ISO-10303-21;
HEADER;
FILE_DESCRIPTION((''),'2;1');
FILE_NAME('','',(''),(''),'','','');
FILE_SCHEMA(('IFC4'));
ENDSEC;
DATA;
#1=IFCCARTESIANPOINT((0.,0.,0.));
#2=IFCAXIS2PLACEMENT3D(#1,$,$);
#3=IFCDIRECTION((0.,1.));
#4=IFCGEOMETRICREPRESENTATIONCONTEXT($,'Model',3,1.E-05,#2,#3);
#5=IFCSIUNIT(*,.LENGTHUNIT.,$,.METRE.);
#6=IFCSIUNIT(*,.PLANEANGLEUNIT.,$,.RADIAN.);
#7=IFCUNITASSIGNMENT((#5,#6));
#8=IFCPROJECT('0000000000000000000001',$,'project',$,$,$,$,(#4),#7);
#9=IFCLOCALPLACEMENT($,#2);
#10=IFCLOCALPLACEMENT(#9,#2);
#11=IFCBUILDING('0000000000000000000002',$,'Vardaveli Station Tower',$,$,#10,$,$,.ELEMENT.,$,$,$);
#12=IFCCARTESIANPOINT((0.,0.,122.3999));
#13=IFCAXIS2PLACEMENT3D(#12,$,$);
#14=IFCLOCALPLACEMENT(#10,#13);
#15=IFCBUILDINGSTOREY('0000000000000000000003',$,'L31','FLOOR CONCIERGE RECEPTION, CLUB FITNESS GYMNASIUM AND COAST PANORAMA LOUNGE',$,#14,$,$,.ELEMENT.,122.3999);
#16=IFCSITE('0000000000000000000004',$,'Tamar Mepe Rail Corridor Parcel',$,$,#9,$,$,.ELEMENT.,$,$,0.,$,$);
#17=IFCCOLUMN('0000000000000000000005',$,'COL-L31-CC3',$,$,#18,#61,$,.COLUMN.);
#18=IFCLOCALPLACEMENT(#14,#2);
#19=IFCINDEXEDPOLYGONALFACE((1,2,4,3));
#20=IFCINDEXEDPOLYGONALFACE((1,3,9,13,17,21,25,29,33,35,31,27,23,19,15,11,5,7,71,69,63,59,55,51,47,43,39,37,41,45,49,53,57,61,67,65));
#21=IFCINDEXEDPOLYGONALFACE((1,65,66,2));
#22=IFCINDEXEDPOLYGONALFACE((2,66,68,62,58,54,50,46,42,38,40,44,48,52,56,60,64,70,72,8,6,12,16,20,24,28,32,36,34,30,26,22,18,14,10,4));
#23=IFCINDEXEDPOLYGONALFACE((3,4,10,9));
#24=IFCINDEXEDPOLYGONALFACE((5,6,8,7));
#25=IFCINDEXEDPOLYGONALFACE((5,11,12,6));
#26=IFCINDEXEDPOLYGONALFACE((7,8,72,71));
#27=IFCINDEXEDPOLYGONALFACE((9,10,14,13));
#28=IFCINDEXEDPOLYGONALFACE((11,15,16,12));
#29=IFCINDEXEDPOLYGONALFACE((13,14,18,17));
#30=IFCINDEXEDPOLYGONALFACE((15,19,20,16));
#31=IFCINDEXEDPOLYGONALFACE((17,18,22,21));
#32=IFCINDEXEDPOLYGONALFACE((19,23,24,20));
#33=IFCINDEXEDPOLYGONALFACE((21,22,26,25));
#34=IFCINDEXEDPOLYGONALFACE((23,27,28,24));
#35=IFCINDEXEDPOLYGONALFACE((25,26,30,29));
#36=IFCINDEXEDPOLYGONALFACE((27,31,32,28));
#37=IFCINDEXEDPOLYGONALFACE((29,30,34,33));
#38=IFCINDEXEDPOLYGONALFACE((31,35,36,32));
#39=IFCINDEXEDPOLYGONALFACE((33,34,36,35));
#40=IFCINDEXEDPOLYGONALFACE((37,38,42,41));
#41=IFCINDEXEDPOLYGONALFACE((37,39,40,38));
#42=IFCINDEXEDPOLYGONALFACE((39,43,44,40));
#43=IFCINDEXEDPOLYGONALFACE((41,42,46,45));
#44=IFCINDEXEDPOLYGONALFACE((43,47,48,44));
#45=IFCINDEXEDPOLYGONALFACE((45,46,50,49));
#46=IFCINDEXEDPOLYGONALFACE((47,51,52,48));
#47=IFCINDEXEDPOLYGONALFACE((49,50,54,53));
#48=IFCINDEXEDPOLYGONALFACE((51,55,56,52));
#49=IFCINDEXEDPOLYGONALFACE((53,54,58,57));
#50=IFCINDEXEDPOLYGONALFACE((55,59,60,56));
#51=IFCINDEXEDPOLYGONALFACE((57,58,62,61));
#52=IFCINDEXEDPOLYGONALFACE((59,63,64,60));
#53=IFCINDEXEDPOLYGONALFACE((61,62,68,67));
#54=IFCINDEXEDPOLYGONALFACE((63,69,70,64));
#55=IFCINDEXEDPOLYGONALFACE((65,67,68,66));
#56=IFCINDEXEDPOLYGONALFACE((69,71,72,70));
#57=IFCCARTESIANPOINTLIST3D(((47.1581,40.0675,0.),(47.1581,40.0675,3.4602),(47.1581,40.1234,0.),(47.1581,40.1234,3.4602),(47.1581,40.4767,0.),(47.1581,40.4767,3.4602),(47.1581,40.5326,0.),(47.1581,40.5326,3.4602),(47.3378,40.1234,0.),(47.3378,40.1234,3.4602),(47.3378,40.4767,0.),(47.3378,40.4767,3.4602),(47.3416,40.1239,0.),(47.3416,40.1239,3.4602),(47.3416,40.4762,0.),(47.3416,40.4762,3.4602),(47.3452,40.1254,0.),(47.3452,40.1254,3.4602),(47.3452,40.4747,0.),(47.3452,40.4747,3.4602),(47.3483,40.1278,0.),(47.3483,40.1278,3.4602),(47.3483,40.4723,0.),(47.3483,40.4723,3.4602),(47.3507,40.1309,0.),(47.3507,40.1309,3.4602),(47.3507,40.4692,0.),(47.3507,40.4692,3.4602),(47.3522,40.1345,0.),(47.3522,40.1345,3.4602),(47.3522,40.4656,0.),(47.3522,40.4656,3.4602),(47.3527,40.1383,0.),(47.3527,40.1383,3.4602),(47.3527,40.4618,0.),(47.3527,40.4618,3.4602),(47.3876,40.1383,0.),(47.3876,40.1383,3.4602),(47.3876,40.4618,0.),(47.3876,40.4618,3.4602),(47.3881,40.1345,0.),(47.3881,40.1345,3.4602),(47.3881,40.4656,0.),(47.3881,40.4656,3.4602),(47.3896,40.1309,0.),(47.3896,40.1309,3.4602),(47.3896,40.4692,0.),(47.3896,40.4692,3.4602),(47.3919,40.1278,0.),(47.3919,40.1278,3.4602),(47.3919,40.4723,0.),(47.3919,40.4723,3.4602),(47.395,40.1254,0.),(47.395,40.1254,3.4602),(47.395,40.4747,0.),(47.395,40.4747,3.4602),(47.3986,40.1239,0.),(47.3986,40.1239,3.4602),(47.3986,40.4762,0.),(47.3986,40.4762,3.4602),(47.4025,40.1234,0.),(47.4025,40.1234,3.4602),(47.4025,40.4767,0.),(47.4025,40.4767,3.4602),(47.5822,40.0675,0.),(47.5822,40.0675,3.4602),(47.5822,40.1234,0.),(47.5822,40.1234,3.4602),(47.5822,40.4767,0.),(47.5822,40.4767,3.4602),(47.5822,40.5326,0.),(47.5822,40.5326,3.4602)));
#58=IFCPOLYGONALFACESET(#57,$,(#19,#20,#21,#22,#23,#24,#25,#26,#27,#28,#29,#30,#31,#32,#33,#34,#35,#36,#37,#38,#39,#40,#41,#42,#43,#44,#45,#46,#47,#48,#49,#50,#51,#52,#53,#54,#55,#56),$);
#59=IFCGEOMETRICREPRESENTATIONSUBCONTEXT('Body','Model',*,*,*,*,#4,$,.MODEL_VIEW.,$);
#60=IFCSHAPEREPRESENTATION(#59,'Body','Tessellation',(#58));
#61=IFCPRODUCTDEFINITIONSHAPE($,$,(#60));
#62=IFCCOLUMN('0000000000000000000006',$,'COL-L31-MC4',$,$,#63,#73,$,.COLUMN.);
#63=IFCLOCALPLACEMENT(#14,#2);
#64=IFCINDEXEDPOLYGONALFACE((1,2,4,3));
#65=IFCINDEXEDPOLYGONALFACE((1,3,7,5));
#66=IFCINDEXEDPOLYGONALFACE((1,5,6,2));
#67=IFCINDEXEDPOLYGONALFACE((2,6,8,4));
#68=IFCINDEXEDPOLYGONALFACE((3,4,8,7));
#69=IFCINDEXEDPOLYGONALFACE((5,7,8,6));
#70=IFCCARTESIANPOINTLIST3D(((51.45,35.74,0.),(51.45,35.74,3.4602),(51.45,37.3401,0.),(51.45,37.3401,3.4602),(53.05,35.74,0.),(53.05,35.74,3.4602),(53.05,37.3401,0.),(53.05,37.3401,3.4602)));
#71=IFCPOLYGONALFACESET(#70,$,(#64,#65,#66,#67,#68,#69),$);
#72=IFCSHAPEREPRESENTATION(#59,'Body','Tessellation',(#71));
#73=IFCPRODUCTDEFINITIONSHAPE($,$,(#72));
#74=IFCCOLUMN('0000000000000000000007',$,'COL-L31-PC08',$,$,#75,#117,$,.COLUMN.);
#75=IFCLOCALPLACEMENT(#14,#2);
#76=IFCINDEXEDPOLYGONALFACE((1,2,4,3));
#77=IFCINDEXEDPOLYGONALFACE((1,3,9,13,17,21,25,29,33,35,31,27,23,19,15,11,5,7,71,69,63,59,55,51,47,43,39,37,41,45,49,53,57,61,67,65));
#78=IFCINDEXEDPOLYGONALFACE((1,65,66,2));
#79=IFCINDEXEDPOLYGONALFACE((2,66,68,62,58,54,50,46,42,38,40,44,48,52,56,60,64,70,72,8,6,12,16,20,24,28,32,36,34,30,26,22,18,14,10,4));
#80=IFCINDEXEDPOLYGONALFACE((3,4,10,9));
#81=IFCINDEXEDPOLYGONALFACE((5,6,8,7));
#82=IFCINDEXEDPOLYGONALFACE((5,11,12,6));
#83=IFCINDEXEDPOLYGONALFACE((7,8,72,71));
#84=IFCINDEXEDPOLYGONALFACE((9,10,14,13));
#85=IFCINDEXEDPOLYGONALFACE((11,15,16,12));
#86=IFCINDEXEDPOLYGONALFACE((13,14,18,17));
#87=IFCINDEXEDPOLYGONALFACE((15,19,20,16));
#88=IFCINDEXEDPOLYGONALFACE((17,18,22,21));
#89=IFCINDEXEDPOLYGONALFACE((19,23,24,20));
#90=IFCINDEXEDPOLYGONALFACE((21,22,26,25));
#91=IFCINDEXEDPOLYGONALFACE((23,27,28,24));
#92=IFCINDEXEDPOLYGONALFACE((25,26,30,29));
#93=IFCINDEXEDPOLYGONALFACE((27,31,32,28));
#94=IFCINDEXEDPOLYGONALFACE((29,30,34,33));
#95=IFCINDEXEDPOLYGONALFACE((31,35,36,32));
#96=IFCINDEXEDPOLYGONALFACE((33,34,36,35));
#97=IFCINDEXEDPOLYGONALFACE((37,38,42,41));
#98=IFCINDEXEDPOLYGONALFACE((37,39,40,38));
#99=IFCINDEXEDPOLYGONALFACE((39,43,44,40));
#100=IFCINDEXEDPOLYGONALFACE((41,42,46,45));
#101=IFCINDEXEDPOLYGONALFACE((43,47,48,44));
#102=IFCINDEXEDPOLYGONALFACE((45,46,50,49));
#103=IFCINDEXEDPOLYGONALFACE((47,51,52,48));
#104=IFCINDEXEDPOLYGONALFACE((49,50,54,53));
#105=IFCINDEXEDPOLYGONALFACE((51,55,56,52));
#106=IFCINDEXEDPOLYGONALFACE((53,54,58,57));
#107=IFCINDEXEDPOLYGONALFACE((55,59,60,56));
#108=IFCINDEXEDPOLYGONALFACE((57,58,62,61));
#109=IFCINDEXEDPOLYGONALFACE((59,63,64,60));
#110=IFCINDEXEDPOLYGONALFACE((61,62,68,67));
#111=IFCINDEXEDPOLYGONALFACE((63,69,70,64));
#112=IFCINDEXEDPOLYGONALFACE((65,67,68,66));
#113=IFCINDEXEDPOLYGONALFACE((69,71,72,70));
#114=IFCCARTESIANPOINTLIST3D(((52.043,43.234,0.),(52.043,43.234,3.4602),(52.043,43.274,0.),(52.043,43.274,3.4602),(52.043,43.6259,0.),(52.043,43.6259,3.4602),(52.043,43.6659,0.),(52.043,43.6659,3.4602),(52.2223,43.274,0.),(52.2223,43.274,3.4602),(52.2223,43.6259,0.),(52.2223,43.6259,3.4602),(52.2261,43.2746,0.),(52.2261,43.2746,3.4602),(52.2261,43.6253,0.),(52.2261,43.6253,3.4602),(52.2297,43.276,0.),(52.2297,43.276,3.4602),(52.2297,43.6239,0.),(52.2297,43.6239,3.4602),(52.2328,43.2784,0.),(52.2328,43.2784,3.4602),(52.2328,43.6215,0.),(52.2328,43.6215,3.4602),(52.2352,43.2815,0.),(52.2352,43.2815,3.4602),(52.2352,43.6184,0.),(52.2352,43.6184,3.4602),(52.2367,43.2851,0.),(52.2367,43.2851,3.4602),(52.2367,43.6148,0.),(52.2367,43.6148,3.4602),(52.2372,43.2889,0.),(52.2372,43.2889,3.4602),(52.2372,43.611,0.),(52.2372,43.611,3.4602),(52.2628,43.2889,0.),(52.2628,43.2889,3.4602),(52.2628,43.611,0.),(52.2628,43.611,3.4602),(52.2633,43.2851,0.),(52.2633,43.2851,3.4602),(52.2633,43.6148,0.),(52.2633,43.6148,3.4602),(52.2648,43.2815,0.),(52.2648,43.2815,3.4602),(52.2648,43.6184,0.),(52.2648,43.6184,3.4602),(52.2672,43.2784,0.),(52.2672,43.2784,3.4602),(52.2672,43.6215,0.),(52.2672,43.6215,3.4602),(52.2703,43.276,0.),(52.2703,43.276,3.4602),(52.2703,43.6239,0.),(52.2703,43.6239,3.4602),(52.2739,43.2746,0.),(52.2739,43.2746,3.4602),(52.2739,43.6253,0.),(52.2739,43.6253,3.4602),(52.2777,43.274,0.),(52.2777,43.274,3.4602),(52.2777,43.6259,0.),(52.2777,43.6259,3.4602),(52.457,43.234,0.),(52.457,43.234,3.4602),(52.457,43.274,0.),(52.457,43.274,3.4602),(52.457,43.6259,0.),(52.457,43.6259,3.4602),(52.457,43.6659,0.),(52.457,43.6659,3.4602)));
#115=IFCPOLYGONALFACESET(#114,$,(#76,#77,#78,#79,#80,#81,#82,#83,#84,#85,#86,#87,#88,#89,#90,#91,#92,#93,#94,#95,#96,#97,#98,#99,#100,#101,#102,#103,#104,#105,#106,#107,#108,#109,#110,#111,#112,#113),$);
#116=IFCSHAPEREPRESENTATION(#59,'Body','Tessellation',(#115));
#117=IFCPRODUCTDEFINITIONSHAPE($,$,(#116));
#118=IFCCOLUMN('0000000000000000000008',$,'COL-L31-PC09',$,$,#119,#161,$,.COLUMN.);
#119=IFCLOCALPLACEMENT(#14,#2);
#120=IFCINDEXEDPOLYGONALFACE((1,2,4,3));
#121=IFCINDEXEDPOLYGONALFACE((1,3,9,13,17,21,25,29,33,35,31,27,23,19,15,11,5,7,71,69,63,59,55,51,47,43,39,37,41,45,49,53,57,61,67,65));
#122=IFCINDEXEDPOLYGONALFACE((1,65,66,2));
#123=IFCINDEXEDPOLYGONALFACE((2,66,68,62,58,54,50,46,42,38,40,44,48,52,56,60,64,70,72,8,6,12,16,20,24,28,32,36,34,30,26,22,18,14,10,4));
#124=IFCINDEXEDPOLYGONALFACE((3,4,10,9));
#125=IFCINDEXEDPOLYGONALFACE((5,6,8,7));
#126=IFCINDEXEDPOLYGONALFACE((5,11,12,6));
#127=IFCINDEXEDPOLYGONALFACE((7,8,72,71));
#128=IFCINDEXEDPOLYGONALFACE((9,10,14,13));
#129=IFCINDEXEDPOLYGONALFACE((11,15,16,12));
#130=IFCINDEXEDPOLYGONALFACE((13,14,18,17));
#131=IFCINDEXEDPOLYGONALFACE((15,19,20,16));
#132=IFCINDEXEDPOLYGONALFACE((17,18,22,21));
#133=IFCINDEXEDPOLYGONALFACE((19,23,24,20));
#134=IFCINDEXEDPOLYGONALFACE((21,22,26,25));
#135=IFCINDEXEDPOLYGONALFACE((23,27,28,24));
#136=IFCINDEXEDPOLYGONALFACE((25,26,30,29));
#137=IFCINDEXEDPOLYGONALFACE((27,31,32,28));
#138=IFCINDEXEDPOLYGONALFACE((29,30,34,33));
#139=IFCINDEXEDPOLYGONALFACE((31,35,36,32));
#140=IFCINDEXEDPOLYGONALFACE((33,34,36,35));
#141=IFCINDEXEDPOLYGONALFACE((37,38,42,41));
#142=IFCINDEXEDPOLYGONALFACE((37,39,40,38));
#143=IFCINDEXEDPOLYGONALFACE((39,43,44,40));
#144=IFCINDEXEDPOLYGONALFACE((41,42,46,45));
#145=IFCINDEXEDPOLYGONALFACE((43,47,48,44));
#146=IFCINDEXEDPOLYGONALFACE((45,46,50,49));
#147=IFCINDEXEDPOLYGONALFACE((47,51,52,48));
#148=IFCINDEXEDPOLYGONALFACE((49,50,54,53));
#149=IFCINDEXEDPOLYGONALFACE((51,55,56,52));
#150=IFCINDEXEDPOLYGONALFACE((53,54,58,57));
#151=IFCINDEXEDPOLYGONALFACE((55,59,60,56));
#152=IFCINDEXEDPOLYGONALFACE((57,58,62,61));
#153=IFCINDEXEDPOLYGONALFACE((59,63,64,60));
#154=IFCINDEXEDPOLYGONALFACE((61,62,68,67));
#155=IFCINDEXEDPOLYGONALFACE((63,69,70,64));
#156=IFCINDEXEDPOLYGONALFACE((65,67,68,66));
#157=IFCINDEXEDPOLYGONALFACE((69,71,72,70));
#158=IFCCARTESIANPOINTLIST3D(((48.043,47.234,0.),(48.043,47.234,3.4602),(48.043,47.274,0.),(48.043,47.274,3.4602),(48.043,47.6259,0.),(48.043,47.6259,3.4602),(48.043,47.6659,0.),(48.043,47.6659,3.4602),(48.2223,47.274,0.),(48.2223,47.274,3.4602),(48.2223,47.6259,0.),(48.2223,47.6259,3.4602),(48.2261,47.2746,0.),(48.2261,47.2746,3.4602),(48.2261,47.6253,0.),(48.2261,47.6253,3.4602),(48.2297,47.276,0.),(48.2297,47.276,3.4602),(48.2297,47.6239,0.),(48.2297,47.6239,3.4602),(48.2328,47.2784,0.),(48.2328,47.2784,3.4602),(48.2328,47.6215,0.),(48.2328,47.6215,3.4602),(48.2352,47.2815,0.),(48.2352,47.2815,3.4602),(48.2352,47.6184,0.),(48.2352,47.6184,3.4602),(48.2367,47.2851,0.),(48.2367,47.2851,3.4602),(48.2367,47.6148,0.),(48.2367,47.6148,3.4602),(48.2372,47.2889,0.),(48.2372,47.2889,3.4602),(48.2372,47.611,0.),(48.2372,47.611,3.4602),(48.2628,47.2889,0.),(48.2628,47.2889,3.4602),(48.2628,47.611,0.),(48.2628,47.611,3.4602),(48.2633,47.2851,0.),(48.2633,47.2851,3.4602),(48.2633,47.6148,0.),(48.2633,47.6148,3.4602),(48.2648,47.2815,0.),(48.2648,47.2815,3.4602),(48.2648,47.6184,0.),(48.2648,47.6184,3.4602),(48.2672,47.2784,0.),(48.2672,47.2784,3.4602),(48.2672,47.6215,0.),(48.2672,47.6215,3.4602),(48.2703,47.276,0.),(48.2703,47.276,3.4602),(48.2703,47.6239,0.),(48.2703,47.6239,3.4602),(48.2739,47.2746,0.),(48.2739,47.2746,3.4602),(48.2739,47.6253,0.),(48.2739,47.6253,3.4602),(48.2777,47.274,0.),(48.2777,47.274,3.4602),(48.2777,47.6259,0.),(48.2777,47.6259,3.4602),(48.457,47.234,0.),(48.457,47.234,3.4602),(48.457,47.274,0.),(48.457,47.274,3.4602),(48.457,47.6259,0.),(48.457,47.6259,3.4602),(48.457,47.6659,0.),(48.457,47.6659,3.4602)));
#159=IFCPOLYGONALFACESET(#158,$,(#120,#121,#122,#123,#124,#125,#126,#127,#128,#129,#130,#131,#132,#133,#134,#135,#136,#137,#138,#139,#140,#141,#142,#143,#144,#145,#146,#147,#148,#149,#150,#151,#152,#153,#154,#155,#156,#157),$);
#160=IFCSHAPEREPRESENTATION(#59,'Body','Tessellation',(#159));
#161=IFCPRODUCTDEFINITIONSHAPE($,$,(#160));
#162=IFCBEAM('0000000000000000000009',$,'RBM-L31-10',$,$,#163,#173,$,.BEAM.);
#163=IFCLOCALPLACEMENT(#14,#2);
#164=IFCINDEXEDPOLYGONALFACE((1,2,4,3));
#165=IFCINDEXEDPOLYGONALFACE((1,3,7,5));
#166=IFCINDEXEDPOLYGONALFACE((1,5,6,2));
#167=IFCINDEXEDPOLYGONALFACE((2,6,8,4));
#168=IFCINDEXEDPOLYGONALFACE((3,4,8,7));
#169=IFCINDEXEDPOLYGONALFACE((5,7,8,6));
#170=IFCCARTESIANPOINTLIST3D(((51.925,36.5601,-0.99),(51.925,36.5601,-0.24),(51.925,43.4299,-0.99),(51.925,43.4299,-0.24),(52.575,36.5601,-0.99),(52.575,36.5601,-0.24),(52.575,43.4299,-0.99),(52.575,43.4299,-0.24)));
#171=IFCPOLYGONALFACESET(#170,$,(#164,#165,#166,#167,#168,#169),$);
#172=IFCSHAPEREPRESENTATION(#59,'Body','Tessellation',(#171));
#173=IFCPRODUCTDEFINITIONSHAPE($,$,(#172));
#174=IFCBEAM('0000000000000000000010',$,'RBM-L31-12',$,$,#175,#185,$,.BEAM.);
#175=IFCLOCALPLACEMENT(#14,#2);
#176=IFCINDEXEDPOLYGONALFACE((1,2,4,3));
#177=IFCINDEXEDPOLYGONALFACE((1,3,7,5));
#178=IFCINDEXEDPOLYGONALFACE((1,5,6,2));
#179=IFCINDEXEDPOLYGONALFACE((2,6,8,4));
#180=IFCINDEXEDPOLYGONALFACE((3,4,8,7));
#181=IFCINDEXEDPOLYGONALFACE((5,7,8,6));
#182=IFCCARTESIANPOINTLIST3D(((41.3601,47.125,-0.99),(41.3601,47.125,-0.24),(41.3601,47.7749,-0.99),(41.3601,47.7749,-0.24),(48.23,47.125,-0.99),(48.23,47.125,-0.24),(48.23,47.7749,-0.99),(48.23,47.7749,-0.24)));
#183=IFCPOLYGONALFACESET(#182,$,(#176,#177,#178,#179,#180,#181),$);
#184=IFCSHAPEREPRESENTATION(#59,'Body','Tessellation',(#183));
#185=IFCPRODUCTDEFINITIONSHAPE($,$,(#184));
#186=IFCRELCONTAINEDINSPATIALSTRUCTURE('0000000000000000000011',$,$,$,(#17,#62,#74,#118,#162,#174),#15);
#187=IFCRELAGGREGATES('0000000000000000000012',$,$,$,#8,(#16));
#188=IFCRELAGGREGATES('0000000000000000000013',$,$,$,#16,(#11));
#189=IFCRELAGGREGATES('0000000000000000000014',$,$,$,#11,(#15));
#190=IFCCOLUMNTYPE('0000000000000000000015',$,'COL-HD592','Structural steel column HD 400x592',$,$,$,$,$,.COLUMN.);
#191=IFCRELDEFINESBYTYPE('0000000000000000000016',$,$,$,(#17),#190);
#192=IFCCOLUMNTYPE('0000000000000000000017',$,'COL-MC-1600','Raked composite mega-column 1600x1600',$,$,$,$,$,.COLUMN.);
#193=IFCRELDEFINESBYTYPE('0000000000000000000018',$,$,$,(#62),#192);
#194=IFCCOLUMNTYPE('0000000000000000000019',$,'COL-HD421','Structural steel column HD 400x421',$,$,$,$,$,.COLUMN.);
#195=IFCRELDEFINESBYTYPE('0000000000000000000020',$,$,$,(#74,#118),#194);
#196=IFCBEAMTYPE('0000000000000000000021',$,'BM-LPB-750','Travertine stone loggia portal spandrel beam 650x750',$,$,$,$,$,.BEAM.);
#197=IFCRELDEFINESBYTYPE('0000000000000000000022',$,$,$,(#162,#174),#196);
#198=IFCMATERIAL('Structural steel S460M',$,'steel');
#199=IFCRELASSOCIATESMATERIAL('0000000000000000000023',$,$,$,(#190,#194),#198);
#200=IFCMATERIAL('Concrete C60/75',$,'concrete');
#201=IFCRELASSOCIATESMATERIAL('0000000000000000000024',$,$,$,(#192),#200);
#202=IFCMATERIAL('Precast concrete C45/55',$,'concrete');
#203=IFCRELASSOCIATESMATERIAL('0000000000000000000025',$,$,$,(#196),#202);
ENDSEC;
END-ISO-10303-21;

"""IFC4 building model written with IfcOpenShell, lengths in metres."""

from ifc_helpers import new_model, si_unit, direction, frame, origin, origin_2d, place, context, subcontext, project, spatial, rectangle, i_section, extrude, source, transform, mapped, material, material_profile, profile_set, type_object, element, save


model = new_model("IFC4")

# Units and contexts
model_context = context("Model", 3, precision=1e-05, world=origin(), true_north=direction((0.0, 1.0)))
body_context = subcontext(model_context, "Body", "Model", "MODEL_VIEW")
ifc_project = project(units=[si_unit("LENGTHUNIT", "METRE"), si_unit("PLANEANGLEUNIT", "RADIAN")], contexts=[model_context])

# Site, building, storey
site_placement = place(None, origin())
site = spatial("IfcSite", under=ifc_project, at=site_placement, Name="Tamar Mepe Rail Corridor Parcel", CompositionType="ELEMENT", RefElevation=0.0)
building_placement = place(site_placement, origin())
building = spatial("IfcBuilding", under=site, at=building_placement, Name="Vardaveli Station Tower", CompositionType="ELEMENT")
storey_placement = place(building_placement, frame((0.0, 0.0, 122.3999)))
storey = spatial("IfcBuildingStorey", under=building, at=storey_placement, Name="L31", Description="FLOOR CONCIERGE RECEPTION, CLUB FITNESS GYMNASIUM AND COAST PANORAMA LOUNGE", CompositionType="ELEMENT", Elevation=122.3999)

# Columns
ifc_material_1 = material(Name="Structural steel S460M", Category="steel")
ifc_material_profile_1 = material_profile(ifc_material_1, i_section(OverallWidth=0.4241, OverallDepth=0.4651, WebThickness=0.0349, FlangeThickness=0.0559, FilletRadius=0.0149, at=origin_2d()), Name="HD 400x592")
ifc_profile_set_1 = profile_set([ifc_material_profile_1], Name="Structural steel S460M")
column_type_1 = type_object("IfcColumnType", Name="COL-HD592", Description="Structural steel column HD 400x592", PredefinedType="COLUMN", material=ifc_profile_set_1)
shared_shape_1 = source(origin(), body_context, "Body", "SweptSolid", [
    extrude(i_section(OverallWidth=0.4241, OverallDepth=0.4651, WebThickness=0.0349, FlangeThickness=0.0559, FilletRadius=0.0149, at=origin_2d()), origin(), (0.0, 0.0, 1.0), 3.4602),
])
column_1_placement = place(storey_placement, frame((47.3701, 40.3, 0.0), z_axis=(0.0, 0.0, 1.0), x_axis=(1.0, 0.0, 0.0)))
element("IfcColumn", 1, at=column_1_placement, inside=storey, type_object=column_type_1, Name="COL-L31-CC3", PredefinedType="COLUMN", context=body_context, shape_type="MappedRepresentation", body=[
    mapped(shared_shape_1, transform((0.0, 0.0, 0.0), scale=1.0)),
])
ifc_material_2 = material(Name="Concrete C60/75", Category="concrete")
ifc_material_profile_2 = material_profile(ifc_material_2, rectangle(XDim=1.6001, YDim=1.6001, at=origin_2d()), Name="MC 1600x1600")
ifc_profile_set_2 = profile_set([ifc_material_profile_2], Name="Concrete C60/75")
column_type_2 = type_object("IfcColumnType", Name="COL-MC-1600", Description="Raked composite mega-column 1600x1600", PredefinedType="COLUMN", material=ifc_profile_set_2)
shared_shape_2 = source(origin(), body_context, "Body", "SweptSolid", [
    extrude(rectangle(XDim=1.6001, YDim=1.6001, at=origin_2d()), origin(), (0.0, 0.0, 1.0), 3.4602),
])
column_2_placement = place(storey_placement, frame((52.25, 36.54, 0.0), z_axis=(0.0, 0.0, 1.0), x_axis=(1.0, 0.0, 0.0)))
element("IfcColumn", 2, at=column_2_placement, inside=storey, type_object=column_type_2, Name="COL-L31-MC4", PredefinedType="COLUMN", context=body_context, shape_type="MappedRepresentation", body=[
    mapped(shared_shape_2, transform((0.0, 0.0, 0.0), scale=1.0)),
])
ifc_material_profile_3 = material_profile(ifc_material_1, i_section(OverallWidth=0.4141, OverallDepth=0.4319, WebThickness=0.0256, FlangeThickness=0.04, FilletRadius=0.0149, at=origin_2d()), Name="HD 400x421")
ifc_profile_set_3 = profile_set([ifc_material_profile_3], Name="Structural steel S460M")
column_type_3 = type_object("IfcColumnType", Name="COL-HD421", Description="Structural steel column HD 400x421", PredefinedType="COLUMN", material=ifc_profile_set_3)
shared_shape_3 = source(origin(), body_context, "Body", "SweptSolid", [
    extrude(i_section(OverallWidth=0.4141, OverallDepth=0.4319, WebThickness=0.0256, FlangeThickness=0.04, FilletRadius=0.0149, at=origin_2d()), origin(), (0.0, 0.0, 1.0), 3.4602),
])
for number, where, z_axis, x_axis, name in (
    (3, (52.25, 43.45, 0.0), (0.0, 0.0, 1.0), (1.0, 0.0, 0.0), "COL-L31-PC08"),
    (4, (48.25, 47.45, 0.0), (0.0, 0.0, 1.0), (1.0, 0.0, 0.0), "COL-L31-PC09"),
):
    element("IfcColumn", number, at=place(storey_placement, frame(where, z_axis=z_axis, x_axis=x_axis)), inside=storey, type_object=column_type_3, Name=name, PredefinedType="COLUMN", context=body_context, shape_type="MappedRepresentation", body=[
        mapped(shared_shape_3, transform((0.0, 0.0, 0.0), scale=1.0)),
    ])

# Beams
ifc_material_3 = material(Name="Precast concrete C45/55", Category="concrete")
ifc_material_profile_4 = material_profile(ifc_material_3, rectangle(XDim=0.6499, YDim=0.75, at=origin_2d()), Name="LPB 650x750")
ifc_profile_set_4 = profile_set([ifc_material_profile_4], Name="Precast concrete C45/55")
beam_type = type_object("IfcBeamType", Name="BM-LPB-750", Description="Travertine stone loggia portal spandrel beam 650x750", PredefinedType="BEAM", material=ifc_profile_set_4)
shared_shape_4 = source(origin(), body_context, "Body", "SweptSolid", [
    extrude(rectangle(XDim=0.6499, YDim=0.75, at=origin_2d()), origin(), (0.0, 0.0, 1.0), 6.8699),
])
for number, where, z_axis, x_axis, name in (
    (5, (52.25, 36.5601, -0.615), (0.0, 1.0, 0.0), (-1.0, 0.0, 0.0), "RBM-L31-10"),
    (6, (48.23, 47.45, -0.615), (-1.0, 0.0, 0.0), (0.0, -1.0, 0.0), "RBM-L31-12"),
):
    element("IfcBeam", number, at=place(storey_placement, frame(where, z_axis=z_axis, x_axis=x_axis)), inside=storey, type_object=beam_type, Name=name, PredefinedType="BEAM", context=body_context, shape_type="MappedRepresentation", body=[
        mapped(shared_shape_4, transform((0.0, 0.0, 0.0), scale=1.0)),
    ])

save(model, "model.ifc")
